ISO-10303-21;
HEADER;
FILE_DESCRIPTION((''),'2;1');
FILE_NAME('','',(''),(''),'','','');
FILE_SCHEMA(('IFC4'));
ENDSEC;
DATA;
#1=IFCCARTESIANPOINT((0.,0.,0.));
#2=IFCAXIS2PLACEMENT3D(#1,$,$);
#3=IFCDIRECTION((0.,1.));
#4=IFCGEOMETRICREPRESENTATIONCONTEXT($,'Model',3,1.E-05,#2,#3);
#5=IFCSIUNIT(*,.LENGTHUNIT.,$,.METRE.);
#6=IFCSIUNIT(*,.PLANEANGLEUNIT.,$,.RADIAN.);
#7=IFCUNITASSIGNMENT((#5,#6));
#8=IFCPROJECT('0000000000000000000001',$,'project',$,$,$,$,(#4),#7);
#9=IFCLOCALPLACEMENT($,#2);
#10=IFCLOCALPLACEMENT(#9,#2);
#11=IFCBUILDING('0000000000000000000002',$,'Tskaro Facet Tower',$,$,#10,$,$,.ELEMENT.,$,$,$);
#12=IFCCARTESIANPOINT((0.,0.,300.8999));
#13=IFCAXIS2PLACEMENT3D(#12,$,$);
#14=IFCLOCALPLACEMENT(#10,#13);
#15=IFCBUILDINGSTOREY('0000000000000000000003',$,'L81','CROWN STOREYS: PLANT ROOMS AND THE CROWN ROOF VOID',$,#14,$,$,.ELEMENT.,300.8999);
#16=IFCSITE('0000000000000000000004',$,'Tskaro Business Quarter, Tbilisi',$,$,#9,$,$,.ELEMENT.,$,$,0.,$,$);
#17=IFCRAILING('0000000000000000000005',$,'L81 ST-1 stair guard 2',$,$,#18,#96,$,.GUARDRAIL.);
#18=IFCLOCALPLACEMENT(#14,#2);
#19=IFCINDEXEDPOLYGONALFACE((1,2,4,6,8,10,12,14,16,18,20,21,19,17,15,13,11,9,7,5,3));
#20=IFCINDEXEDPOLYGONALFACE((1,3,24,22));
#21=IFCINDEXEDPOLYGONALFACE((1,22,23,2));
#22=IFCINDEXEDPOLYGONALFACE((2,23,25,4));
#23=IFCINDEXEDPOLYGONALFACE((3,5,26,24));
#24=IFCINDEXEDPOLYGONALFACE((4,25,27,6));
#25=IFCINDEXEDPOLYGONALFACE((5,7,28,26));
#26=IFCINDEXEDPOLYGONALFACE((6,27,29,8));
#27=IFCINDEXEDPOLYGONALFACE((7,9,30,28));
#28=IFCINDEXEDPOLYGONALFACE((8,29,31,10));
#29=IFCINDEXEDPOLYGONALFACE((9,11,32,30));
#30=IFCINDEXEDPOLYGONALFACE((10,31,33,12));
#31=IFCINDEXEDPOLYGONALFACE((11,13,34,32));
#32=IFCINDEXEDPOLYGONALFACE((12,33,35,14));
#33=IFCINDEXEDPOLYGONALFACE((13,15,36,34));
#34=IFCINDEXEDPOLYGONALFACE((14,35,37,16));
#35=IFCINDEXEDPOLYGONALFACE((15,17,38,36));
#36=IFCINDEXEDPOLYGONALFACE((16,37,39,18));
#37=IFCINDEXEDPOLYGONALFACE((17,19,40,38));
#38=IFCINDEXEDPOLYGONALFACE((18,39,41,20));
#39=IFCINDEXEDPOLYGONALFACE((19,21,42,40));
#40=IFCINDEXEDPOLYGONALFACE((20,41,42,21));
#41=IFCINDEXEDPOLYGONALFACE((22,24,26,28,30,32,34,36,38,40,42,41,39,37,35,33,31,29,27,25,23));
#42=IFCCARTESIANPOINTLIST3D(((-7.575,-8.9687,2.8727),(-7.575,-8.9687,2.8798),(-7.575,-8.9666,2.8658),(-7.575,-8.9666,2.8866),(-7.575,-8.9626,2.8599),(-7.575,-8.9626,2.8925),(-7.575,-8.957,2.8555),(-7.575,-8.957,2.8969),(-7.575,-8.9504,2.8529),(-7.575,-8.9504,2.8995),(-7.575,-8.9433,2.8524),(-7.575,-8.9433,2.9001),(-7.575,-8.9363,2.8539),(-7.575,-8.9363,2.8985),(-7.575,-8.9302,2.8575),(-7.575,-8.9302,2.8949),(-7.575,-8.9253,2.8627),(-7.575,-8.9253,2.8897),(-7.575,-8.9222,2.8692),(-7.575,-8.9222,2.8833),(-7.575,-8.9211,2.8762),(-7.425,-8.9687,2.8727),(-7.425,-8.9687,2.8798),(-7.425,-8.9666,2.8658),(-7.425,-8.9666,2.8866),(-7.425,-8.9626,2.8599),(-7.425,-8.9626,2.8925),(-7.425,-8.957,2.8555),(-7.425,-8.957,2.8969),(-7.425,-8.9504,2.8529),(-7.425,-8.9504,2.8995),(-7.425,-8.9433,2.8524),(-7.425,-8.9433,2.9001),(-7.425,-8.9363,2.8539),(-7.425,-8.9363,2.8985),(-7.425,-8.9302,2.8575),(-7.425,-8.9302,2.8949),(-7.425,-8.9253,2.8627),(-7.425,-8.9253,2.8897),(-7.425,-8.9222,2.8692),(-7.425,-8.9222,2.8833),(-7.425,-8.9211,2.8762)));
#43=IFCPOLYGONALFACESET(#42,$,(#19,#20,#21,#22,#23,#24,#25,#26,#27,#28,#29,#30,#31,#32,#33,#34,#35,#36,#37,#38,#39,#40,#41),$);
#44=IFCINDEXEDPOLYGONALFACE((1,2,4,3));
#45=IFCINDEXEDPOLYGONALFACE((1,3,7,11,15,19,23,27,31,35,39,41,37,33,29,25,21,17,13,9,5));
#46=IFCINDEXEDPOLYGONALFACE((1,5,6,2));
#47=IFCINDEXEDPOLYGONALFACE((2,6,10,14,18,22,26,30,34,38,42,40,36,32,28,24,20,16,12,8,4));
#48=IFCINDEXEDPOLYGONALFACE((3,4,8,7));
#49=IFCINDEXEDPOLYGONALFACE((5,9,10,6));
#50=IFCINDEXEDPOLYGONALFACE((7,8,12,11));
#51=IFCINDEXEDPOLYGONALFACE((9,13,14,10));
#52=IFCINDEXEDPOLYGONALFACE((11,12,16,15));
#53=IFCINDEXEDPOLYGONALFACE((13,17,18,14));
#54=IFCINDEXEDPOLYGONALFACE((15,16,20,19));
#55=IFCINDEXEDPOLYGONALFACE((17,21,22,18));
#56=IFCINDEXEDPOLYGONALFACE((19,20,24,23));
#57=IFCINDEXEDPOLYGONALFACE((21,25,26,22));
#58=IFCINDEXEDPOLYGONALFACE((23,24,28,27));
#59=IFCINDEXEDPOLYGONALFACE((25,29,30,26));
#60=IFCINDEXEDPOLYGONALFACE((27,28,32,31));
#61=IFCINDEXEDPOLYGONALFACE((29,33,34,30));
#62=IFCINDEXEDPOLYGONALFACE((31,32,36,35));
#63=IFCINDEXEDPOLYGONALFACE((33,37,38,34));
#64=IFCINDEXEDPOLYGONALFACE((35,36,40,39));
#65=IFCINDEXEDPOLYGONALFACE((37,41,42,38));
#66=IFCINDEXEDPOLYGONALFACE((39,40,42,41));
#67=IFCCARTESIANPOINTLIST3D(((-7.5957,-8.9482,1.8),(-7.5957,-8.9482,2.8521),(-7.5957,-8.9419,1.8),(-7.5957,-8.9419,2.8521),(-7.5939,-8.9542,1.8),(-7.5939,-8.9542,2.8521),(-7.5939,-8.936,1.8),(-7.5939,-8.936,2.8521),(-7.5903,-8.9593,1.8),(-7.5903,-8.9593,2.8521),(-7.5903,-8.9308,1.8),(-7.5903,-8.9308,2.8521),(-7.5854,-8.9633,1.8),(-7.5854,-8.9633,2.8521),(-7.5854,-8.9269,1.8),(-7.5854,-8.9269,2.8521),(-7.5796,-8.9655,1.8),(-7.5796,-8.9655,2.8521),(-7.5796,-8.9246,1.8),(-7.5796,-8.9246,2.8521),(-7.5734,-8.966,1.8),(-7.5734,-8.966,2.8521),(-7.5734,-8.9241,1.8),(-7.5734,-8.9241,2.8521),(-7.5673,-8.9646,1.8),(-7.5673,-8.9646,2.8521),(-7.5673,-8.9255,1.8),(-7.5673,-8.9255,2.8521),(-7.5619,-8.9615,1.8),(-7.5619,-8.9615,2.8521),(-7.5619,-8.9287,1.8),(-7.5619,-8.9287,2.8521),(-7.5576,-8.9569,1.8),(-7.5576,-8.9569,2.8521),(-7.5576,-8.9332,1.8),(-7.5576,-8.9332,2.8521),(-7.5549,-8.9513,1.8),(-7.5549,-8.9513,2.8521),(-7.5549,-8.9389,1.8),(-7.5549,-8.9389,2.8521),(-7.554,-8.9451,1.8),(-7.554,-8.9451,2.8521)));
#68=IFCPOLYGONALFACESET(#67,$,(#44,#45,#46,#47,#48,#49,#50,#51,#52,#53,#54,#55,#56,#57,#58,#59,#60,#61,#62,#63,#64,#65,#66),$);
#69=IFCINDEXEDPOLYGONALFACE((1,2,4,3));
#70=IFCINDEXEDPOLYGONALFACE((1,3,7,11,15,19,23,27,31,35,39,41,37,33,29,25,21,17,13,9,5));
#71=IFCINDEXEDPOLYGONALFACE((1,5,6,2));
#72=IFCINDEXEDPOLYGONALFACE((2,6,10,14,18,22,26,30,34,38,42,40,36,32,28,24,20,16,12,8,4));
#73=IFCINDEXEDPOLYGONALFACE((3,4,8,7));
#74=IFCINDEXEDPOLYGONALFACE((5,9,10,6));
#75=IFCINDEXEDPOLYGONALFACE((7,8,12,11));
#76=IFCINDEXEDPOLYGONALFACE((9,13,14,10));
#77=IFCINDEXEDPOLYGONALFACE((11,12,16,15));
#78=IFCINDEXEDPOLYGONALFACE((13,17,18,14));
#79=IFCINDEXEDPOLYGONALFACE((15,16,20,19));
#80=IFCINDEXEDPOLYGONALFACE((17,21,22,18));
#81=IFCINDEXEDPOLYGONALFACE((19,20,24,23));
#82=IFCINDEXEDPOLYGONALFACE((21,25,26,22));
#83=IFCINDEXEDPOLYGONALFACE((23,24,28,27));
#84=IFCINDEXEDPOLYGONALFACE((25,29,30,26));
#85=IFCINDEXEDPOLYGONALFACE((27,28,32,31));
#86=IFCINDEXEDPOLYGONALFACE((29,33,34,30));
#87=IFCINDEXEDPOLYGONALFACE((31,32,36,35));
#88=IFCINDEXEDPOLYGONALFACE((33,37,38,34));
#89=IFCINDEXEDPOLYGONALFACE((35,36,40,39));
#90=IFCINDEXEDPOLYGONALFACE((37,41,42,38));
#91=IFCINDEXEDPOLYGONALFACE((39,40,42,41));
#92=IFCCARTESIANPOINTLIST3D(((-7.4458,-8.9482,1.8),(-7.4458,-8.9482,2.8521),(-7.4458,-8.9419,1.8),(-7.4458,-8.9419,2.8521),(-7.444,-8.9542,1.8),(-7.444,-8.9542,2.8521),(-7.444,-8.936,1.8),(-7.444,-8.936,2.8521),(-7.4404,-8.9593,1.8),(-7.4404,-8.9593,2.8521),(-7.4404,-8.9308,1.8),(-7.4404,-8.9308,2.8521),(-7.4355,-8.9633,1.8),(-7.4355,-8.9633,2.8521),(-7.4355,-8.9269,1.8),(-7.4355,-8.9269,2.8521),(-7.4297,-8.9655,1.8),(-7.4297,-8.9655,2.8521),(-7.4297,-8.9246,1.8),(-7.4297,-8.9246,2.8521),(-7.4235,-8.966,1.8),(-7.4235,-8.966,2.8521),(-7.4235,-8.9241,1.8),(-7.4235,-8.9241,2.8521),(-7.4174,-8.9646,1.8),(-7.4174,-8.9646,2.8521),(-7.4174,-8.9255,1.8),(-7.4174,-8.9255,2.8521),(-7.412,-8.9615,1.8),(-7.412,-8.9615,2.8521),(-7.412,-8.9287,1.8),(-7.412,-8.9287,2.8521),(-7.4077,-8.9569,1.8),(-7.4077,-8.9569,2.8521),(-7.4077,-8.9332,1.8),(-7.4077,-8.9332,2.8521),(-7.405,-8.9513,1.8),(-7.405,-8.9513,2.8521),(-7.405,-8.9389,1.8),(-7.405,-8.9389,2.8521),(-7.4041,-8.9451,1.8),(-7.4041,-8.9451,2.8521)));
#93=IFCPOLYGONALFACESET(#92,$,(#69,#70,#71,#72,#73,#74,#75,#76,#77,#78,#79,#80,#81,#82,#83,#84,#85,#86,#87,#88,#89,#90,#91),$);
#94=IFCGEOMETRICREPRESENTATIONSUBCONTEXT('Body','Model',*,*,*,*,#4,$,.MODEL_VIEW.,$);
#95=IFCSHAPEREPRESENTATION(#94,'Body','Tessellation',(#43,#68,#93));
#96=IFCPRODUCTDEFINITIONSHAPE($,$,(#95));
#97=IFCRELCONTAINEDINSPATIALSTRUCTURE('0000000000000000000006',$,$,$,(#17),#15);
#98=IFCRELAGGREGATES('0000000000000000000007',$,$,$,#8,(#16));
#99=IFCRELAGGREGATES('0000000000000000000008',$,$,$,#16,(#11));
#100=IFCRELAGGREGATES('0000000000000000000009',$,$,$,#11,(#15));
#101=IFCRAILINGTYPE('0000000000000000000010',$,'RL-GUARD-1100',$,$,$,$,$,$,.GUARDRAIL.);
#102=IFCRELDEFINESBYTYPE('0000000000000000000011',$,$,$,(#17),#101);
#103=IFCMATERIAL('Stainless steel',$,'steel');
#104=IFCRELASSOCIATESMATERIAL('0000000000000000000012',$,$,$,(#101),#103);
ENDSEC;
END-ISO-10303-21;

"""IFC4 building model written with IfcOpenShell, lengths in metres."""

from ifc_helpers import new_model, si_unit, direction, frame, origin, origin_2d, place, context, subcontext, project, spatial, circle, extrude, material, type_object, element, save


model = new_model("IFC4")

# Units and contexts
model_context = context("Model", 3, precision=1e-05, world=origin(), true_north=direction((0.0, 1.0)))
body_context = subcontext(model_context, "Body", "Model", "MODEL_VIEW")
ifc_project = project(units=[si_unit("LENGTHUNIT", "METRE"), si_unit("PLANEANGLEUNIT", "RADIAN")], contexts=[model_context])

# Site, building, storey
site_placement = place(None, origin())
site = spatial("IfcSite", under=ifc_project, at=site_placement, Name="Tskaro Business Quarter, Tbilisi", CompositionType="ELEMENT", RefElevation=0.0)
building_placement = place(site_placement, origin())
building = spatial("IfcBuilding", under=site, at=building_placement, Name="Tskaro Facet Tower", CompositionType="ELEMENT")
storey_placement = place(building_placement, frame((0.0, 0.0, 300.8999)))
storey = spatial("IfcBuildingStorey", under=building, at=storey_placement, Name="L81", Description="CROWN STOREYS: PLANT ROOMS AND THE CROWN ROOF VOID", CompositionType="ELEMENT", Elevation=300.8999)

# Railing
ifc_material_1 = material(Name="Stainless steel", Category="steel")
railing_type_1 = type_object("IfcRailingType", Name="RL-GUARD-1100", PredefinedType="GUARDRAIL", material=ifc_material_1)
railing_1_placement = place(storey_placement, frame((-7.575, -8.9451, 1.8)))
element("IfcRailing", 1, at=railing_1_placement, inside=storey, type_object=railing_type_1, Name="L81 ST-1 stair guard 2", PredefinedType="GUARDRAIL", context=body_context, shape_type="SweptSolid", body=[
    extrude(circle(Radius=0.0239, at=origin_2d()), frame((0.0, 0.0, 1.0762), z_axis=(1.0, 0.0, 0.0), x_axis=(0.0, 1.0, 0.0)), (0.0, 0.0, 1.0), 0.1499),
    extrude(circle(Radius=0.021, at=origin_2d()), origin(), (0.0, 0.0, 1.0), 1.052),
    extrude(circle(Radius=0.021, at=origin_2d()), frame((0.1499, 0.0, 0.0)), (0.0, 0.0, 1.0), 1.052),
])

save(model, "model.ifc")
